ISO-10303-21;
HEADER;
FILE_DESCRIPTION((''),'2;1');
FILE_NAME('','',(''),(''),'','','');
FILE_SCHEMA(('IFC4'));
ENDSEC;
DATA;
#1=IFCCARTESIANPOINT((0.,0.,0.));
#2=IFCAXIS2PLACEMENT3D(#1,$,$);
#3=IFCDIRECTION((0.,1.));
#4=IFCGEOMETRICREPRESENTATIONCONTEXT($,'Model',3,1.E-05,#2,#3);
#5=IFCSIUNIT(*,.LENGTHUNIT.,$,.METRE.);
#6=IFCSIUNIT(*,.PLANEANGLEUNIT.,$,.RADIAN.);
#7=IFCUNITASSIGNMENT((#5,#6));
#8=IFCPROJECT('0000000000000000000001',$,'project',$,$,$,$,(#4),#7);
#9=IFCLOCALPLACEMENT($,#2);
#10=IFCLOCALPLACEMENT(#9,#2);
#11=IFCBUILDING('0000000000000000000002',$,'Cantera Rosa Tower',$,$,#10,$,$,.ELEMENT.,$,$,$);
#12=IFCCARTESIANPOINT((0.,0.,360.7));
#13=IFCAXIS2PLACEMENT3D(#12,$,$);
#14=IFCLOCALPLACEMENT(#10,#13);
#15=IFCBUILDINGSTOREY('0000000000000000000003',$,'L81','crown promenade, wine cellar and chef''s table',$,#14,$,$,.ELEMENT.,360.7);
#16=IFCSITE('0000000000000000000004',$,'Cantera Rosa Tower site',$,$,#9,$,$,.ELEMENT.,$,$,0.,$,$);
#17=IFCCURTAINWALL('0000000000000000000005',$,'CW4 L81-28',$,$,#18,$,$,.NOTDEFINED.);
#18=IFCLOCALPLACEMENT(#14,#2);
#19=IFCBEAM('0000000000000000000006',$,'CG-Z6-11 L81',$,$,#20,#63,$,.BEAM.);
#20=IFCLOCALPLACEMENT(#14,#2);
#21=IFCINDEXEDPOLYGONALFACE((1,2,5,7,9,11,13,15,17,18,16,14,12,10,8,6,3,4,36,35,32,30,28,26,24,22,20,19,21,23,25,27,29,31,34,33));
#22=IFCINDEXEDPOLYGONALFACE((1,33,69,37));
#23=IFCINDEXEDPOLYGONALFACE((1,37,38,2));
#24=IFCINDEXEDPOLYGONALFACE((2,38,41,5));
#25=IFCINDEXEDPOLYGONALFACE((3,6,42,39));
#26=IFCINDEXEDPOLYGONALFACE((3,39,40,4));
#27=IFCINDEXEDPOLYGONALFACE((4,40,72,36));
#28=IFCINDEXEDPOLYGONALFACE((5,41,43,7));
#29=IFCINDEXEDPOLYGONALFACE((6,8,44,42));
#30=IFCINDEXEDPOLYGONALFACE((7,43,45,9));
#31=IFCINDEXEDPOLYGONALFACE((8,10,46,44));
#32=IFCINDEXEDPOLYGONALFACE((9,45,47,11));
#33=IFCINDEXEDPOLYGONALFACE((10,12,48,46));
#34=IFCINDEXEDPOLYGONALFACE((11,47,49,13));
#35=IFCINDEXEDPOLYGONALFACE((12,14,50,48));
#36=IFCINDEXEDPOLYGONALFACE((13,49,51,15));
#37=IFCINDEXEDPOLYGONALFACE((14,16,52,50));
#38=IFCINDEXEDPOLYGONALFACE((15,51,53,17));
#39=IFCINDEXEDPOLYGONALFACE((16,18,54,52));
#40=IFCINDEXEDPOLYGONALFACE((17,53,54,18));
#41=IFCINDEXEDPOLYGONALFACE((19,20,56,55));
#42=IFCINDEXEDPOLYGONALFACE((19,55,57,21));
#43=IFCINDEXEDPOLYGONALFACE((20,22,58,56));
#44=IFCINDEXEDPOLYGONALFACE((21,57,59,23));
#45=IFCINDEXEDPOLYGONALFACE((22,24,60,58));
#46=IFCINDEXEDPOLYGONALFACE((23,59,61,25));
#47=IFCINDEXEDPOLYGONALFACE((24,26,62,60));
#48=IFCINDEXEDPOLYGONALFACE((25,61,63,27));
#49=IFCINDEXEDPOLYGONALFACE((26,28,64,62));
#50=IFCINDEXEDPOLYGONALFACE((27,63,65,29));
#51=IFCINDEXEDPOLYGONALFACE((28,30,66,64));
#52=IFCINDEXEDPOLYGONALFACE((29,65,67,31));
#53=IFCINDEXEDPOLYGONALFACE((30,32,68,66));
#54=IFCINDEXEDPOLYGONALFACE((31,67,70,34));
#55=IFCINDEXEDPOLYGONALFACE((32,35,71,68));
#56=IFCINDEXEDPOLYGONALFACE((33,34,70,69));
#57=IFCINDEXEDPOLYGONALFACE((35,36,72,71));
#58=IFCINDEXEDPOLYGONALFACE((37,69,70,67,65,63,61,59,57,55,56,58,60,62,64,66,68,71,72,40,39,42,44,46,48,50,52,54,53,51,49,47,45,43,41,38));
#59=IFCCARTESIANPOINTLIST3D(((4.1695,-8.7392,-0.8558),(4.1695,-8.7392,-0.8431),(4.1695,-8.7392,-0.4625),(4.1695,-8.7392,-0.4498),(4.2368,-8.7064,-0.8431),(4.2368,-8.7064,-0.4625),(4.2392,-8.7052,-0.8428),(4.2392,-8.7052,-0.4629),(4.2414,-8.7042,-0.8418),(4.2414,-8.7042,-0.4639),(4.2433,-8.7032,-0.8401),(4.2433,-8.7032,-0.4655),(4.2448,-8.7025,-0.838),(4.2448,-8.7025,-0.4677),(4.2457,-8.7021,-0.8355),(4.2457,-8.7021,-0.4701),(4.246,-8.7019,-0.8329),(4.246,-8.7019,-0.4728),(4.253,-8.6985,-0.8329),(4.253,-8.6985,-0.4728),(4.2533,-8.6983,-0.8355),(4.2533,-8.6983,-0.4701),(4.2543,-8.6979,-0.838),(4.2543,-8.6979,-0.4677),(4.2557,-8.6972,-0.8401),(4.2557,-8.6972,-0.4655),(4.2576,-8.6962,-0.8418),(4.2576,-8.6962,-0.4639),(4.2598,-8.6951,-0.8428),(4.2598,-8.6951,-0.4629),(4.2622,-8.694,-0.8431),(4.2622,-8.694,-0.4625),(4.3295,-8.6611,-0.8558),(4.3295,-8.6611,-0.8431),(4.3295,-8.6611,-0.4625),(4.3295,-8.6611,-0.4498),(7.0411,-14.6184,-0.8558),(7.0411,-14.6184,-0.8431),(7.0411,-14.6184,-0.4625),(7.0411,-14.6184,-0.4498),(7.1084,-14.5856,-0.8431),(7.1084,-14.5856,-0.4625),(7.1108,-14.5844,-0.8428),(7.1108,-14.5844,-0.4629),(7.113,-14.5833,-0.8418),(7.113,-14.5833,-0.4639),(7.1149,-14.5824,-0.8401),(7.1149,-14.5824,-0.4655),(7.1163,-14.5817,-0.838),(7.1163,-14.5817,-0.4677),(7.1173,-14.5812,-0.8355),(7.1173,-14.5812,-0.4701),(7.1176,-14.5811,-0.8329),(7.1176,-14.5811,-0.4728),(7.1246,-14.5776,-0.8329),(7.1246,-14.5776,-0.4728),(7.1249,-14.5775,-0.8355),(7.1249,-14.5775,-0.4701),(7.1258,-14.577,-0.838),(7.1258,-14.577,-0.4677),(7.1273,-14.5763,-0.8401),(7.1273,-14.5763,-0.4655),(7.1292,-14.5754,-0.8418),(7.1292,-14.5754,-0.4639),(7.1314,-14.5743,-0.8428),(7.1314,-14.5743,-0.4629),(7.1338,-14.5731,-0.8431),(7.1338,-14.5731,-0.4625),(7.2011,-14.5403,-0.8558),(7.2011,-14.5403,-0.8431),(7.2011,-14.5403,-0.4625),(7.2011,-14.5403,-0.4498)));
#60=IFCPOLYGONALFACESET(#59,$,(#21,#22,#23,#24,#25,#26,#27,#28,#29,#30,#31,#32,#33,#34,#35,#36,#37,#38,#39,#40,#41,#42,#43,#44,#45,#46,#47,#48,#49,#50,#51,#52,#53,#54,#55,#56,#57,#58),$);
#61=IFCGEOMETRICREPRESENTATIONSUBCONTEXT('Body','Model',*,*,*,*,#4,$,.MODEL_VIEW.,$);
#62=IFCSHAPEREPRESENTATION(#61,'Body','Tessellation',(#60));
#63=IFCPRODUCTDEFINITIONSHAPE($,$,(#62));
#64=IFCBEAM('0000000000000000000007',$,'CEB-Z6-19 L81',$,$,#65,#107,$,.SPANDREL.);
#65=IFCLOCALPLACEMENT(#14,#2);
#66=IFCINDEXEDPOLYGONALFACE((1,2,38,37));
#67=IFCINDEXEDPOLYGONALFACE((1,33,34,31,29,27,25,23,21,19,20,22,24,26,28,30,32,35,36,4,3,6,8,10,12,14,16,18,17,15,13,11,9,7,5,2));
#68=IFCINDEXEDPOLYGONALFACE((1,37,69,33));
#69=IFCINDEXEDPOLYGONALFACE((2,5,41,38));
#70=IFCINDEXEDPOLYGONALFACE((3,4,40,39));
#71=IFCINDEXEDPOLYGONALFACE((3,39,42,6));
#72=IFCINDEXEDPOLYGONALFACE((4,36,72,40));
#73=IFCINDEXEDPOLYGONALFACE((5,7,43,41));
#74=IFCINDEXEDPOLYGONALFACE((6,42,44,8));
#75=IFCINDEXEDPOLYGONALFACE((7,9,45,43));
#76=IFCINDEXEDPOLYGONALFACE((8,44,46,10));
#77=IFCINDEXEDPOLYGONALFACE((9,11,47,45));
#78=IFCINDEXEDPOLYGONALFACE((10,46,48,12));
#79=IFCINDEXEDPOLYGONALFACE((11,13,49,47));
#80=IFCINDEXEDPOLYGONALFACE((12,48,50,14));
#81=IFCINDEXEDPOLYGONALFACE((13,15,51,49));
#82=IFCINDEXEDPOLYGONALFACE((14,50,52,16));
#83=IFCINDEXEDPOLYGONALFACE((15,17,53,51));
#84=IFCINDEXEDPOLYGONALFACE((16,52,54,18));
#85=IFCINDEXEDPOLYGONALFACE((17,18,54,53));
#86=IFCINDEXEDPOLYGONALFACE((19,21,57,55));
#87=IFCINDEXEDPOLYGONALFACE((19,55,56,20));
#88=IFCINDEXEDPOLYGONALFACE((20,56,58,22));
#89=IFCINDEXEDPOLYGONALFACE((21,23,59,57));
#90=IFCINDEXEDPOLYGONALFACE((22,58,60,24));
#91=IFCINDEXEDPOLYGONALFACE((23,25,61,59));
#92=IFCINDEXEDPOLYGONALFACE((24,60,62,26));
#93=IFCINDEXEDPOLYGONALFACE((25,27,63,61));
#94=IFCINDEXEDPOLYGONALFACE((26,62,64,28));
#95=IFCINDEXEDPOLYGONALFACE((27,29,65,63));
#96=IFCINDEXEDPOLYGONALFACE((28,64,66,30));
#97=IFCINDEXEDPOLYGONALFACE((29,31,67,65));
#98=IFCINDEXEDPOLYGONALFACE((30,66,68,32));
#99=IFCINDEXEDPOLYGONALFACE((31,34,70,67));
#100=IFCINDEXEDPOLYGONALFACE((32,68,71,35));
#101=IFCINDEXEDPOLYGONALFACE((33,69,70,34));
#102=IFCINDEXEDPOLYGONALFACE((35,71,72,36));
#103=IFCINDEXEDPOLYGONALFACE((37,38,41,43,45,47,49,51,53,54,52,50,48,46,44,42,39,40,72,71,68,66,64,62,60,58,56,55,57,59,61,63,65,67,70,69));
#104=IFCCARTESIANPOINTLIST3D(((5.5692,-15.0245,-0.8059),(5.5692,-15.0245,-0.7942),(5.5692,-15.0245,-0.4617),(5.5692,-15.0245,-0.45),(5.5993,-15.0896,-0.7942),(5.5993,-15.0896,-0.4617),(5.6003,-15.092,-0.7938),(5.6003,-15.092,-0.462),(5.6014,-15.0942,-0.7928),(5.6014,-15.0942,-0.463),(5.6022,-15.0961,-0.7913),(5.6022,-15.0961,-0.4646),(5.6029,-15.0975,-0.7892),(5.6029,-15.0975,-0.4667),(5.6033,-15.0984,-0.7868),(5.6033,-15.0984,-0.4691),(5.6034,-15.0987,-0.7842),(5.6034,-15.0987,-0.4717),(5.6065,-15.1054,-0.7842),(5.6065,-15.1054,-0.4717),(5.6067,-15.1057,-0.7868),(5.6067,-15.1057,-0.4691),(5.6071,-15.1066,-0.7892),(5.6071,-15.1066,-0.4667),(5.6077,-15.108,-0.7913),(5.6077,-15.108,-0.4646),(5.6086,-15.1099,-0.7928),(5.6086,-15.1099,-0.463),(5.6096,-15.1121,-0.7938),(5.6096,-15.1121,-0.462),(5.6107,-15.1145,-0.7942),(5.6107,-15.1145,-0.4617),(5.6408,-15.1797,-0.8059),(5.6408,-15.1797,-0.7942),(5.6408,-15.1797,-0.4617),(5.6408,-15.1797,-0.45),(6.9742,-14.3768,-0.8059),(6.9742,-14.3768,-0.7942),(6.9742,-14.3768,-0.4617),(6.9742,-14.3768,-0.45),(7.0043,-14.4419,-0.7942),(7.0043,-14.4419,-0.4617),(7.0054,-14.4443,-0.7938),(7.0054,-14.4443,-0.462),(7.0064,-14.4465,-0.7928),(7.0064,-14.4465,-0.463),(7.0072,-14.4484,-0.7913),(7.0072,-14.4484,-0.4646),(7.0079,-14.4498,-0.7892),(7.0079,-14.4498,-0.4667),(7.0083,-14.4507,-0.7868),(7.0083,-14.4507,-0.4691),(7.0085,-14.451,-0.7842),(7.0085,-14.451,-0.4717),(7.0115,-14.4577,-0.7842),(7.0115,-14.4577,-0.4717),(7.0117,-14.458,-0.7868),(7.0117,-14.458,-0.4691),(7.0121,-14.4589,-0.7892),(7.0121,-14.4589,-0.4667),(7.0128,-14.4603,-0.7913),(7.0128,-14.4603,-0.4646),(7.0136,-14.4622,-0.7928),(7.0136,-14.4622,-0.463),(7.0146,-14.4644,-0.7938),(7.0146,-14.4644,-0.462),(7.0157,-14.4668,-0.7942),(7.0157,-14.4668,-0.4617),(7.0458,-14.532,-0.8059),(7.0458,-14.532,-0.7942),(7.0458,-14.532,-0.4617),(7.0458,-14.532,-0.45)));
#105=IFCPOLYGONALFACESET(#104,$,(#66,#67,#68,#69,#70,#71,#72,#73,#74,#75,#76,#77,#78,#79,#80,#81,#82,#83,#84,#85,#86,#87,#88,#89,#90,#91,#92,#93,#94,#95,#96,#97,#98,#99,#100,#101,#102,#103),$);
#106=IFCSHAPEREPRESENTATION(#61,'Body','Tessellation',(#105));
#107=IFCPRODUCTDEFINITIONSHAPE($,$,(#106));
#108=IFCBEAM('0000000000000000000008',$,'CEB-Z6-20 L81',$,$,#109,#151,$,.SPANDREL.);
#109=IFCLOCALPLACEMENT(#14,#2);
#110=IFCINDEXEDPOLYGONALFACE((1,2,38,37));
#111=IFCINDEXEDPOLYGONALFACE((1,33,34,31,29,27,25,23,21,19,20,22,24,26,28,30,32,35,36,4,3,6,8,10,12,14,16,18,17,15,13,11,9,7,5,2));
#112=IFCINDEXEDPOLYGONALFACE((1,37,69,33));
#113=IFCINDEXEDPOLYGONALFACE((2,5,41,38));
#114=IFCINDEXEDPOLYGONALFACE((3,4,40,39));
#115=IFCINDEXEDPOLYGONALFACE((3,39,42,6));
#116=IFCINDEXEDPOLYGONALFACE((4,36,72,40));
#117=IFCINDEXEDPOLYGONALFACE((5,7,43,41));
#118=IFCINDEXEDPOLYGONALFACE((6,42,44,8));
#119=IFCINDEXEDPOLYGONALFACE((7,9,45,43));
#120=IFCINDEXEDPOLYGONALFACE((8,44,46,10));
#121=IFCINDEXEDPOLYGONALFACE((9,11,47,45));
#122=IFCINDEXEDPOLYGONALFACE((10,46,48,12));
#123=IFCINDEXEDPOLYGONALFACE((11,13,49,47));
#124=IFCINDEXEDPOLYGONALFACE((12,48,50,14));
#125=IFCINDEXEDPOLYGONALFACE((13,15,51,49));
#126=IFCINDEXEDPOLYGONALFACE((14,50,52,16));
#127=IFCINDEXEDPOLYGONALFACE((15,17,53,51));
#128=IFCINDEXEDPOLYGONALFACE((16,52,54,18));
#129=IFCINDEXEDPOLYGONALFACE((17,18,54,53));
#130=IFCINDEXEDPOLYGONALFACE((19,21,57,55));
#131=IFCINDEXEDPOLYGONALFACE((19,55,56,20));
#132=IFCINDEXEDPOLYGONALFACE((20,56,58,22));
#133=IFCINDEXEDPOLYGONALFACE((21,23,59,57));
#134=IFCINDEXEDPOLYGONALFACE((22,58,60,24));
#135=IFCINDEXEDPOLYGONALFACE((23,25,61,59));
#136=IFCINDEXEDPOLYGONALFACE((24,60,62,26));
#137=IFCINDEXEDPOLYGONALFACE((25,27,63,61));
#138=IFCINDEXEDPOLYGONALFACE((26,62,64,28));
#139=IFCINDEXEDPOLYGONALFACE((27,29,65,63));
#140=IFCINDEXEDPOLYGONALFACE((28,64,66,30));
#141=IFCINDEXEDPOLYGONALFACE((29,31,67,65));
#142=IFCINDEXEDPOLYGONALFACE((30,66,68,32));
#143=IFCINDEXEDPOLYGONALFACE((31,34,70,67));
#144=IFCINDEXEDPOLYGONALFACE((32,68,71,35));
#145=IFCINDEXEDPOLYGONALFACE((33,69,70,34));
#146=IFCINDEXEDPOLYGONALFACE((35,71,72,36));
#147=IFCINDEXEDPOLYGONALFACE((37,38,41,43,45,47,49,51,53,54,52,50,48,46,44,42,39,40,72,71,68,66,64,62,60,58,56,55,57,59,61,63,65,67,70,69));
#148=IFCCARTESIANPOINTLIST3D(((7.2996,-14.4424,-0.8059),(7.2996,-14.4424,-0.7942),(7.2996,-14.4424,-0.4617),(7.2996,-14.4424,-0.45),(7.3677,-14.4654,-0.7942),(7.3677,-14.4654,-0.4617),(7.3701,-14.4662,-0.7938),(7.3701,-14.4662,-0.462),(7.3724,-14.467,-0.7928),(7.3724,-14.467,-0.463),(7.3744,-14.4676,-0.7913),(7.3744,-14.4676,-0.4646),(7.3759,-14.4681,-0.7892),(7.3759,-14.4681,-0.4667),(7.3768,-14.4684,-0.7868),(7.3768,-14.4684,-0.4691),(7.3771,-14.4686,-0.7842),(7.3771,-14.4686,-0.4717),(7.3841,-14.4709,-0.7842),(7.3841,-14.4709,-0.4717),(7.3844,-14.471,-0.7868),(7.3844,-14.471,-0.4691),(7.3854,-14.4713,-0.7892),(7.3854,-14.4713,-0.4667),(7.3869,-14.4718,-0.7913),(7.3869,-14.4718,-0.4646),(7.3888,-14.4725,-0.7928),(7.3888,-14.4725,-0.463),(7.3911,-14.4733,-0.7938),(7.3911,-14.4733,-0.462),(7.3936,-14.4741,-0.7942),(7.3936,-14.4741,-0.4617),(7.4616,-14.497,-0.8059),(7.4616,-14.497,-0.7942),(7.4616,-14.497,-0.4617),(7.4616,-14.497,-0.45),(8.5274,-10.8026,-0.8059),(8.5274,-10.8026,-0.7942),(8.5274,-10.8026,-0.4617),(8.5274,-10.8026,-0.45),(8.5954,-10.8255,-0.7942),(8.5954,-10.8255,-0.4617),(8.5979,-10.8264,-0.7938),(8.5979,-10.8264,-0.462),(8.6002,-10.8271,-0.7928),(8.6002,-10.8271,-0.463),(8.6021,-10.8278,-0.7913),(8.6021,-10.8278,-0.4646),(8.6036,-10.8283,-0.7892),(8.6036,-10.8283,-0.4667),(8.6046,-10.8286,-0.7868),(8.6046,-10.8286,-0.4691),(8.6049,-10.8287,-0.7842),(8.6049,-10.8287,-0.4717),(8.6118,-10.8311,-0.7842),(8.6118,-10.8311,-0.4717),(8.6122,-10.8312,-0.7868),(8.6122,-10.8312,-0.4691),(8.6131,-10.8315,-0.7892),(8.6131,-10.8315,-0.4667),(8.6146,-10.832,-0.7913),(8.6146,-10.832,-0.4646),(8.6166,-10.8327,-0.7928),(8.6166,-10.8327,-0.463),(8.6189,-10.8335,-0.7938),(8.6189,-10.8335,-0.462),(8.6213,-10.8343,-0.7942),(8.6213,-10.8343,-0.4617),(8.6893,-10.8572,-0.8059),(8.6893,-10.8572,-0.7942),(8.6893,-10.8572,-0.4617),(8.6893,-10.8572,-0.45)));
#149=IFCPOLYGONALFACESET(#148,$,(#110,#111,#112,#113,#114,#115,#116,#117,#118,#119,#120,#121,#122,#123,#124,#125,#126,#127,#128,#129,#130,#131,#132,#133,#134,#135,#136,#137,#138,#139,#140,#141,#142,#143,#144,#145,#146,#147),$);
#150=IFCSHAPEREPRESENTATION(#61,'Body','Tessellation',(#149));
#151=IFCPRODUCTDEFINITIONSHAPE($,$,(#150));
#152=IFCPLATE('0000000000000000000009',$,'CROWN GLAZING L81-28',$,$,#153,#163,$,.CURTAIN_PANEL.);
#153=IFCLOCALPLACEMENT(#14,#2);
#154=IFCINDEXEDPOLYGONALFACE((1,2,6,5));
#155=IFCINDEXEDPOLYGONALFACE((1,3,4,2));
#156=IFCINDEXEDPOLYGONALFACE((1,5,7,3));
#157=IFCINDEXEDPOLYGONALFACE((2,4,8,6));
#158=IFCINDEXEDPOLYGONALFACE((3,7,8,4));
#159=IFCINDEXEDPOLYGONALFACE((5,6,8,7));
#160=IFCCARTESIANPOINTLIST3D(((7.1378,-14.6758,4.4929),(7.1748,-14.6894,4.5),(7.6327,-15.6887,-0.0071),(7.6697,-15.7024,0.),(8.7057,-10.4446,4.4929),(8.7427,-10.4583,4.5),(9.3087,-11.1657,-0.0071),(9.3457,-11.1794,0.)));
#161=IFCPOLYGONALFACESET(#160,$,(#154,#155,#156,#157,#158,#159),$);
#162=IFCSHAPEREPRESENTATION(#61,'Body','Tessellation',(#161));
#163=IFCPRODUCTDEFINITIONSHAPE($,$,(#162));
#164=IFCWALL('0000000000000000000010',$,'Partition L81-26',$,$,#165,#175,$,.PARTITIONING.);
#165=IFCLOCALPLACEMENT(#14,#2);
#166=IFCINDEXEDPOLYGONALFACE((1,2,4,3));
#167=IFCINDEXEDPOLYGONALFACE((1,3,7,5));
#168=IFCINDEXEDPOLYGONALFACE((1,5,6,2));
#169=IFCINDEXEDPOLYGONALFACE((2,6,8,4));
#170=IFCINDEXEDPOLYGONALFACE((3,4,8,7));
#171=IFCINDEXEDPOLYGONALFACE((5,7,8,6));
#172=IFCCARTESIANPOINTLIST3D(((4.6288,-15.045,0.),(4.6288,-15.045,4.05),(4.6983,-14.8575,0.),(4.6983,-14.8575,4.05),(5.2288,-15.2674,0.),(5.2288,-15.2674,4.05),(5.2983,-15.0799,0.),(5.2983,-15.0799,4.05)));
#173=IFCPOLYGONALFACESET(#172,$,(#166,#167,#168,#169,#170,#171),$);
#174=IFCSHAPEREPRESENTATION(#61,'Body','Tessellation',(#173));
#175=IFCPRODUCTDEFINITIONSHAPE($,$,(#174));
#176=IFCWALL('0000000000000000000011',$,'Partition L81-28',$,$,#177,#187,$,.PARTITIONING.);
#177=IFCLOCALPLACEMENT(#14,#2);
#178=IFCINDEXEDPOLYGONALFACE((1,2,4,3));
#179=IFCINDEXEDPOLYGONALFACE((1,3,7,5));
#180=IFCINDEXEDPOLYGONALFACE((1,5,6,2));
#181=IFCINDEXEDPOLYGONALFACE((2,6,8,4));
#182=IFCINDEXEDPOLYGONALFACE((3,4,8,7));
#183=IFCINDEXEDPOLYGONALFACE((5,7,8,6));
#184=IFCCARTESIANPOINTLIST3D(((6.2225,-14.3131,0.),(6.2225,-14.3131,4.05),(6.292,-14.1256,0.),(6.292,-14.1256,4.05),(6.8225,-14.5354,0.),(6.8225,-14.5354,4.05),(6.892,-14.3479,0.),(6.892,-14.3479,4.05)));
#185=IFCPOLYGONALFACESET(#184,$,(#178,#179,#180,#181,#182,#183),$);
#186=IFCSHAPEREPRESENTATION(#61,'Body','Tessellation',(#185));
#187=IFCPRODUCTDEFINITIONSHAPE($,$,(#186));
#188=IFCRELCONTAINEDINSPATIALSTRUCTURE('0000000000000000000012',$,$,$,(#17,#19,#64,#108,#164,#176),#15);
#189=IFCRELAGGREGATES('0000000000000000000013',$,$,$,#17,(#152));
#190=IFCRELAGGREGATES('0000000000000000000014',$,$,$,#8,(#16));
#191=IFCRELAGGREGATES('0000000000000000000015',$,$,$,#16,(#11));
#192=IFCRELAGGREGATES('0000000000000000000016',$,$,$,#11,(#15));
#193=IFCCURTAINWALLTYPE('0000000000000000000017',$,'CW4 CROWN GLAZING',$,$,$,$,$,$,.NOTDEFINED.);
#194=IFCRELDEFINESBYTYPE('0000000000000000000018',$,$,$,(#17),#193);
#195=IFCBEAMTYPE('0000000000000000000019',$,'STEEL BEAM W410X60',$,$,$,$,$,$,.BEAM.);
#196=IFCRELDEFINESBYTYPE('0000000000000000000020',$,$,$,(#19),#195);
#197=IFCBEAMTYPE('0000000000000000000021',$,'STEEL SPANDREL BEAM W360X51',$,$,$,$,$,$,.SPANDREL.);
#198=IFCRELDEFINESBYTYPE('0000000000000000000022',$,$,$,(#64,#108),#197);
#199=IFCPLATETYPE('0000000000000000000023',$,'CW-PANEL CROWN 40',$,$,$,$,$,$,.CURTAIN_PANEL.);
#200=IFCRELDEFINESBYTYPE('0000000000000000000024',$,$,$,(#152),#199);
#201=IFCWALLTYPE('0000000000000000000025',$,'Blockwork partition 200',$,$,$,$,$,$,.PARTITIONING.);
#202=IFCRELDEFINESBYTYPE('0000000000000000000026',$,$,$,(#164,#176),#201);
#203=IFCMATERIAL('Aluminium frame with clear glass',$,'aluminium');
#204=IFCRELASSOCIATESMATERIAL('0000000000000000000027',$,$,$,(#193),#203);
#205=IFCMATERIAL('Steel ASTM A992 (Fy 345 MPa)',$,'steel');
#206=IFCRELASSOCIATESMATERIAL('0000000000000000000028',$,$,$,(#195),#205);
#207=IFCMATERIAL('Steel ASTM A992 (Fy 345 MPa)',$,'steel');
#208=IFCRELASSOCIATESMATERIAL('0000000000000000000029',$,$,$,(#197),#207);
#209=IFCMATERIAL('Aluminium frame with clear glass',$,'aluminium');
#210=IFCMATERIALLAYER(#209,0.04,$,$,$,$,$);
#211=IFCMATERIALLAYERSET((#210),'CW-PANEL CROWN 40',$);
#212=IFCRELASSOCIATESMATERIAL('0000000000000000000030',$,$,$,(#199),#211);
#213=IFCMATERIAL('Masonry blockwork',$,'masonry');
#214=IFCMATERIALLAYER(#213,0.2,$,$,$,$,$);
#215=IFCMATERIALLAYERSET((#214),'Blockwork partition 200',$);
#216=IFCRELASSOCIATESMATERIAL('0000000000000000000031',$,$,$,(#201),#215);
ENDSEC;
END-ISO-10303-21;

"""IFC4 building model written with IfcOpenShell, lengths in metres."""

from ifc_helpers import new_model, si_unit, direction, frame, frame_2d, origin, origin_2d, place, context, subcontext, project, spatial, polyline, rectangle, i_section, outline, extrude, material, layer, layer_set, material_profile, profile_set, type_object, element, aggregate, save


model = new_model("IFC4")

# Units and contexts
model_context = context("Model", 3, precision=1e-05, world=origin(), true_north=direction((0.0, 1.0)))
body_context = subcontext(model_context, "Body", "Model", "MODEL_VIEW")
ifc_project = project(units=[si_unit("LENGTHUNIT", "METRE"), si_unit("PLANEANGLEUNIT", "RADIAN")], contexts=[model_context])

# Site, building, storey
site_placement = place(None, origin())
site = spatial("IfcSite", under=ifc_project, at=site_placement, Name="Cantera Rosa Tower site", CompositionType="ELEMENT", RefElevation=0.0)
building_placement = place(site_placement, origin())
building = spatial("IfcBuilding", under=site, at=building_placement, Name="Cantera Rosa Tower", CompositionType="ELEMENT")
storey_placement = place(building_placement, frame((0.0, 0.0, 360.7)))
storey = spatial("IfcBuildingStorey", under=building, at=storey_placement, Name="L81", Description="crown promenade, wine cellar and chef's table", CompositionType="ELEMENT", Elevation=360.7)

# Curtain wall
ifc_material_1 = material(Name="Aluminium frame with clear glass", Category="aluminium")
curtain_wall_type = type_object("IfcCurtainWallType", Name="CW4 CROWN GLAZING", PredefinedType="NOTDEFINED", material=ifc_material_1)
curtain_wall_1_placement = place(storey_placement, origin())
curtain_wall_1 = element("IfcCurtainWall", 1, at=curtain_wall_1_placement, inside=storey, type_object=curtain_wall_type, Name="CW4 L81-28", PredefinedType="NOTDEFINED")

# Beams
ifc_material_2 = material(Name="Steel ASTM A992 (Fy 345 MPa)", Category="steel")
ifc_material_profile_1 = material_profile(ifc_material_2, i_section(OverallWidth=0.178, OverallDepth=0.406, WebThickness=0.0078, FlangeThickness=0.0127, FilletRadius=0.0103, at=origin_2d()), Name="W410X60")
ifc_profile_set_1 = profile_set([ifc_material_profile_1], Name="Steel ASTM A992 (Fy 345 MPa)")
beam_type_1 = type_object("IfcBeamType", Name="STEEL BEAM W410X60", PredefinedType="BEAM", material=ifc_profile_set_1)
beam_1_placement = place(storey_placement, frame((7.1211, -14.5793, -0.6528), z_axis=(-0.438881, 0.898545, 0.0), x_axis=(-0.898545, -0.438881, 0.0)))
element("IfcBeam", 2, at=beam_1_placement, inside=storey, type_object=beam_type_1, Name="CG-Z6-11 L81", PredefinedType="BEAM", context=body_context, shape_type="SweptSolid", body=[
    extrude(i_section(OverallWidth=0.178, OverallDepth=0.406, WebThickness=0.0078, FlangeThickness=0.0127, FilletRadius=0.0103, at=origin_2d()), origin(), (0.0, 0.0, 1.0), 6.543),
])
ifc_material_3 = material(Name="Steel ASTM A992 (Fy 345 MPa)", Category="steel")
ifc_material_profile_2 = material_profile(ifc_material_3, i_section(OverallWidth=0.1709, OverallDepth=0.356, WebThickness=0.0073, FlangeThickness=0.0117, FilletRadius=0.01, at=origin_2d()), Name="W360X51")
ifc_profile_set_2 = profile_set([ifc_material_profile_2], Name="Steel ASTM A992 (Fy 345 MPa)")
beam_type_2 = type_object("IfcBeamType", Name="STEEL SPANDREL BEAM W360X51", PredefinedType="SPANDREL", material=ifc_profile_set_2)
beam_2_placement = place(storey_placement, frame((5.605, -15.1021, -0.6279), z_axis=(0.908149, 0.418648, 0.0), x_axis=(-0.418648, 0.908149, 0.0)))
element("IfcBeam", 3, at=beam_2_placement, inside=storey, type_object=beam_type_2, Name="CEB-Z6-19 L81", PredefinedType="SPANDREL", context=body_context, shape_type="SweptSolid", body=[
    extrude(i_section(OverallWidth=0.1709, OverallDepth=0.356, WebThickness=0.0073, FlangeThickness=0.0117, FilletRadius=0.01, at=origin_2d()), origin(), (0.0, 0.0, 1.0), 1.5471),
])
beam_3_placement = place(storey_placement, frame((7.3806, -14.4697, -0.6279), z_axis=(0.31962, 0.947546, 0.0), x_axis=(-0.947546, 0.31962, 0.0)))
element("IfcBeam", 4, at=beam_3_placement, inside=storey, type_object=beam_type_2, Name="CEB-Z6-20 L81", PredefinedType="SPANDREL", context=body_context, shape_type="SweptSolid", body=[
    extrude(i_section(OverallWidth=0.1709, OverallDepth=0.356, WebThickness=0.0073, FlangeThickness=0.0117, FilletRadius=0.01, at=origin_2d()), origin(), (0.0, 0.0, 1.0), 3.8413),
])

# Plate
ifc_material_4 = material(Name="Aluminium frame with clear glass", Category="aluminium")
ifc_layer_1 = layer(ifc_material_4, 0.04)
ifc_layer_set_1 = layer_set([ifc_layer_1], Name="CW-PANEL CROWN 40")
plate_type = type_object("IfcPlateType", Name="CW-PANEL CROWN 40", PredefinedType="CURTAIN_PANEL", material=ifc_layer_set_1)
plate_1_placement = place(storey_placement, frame((7.6697, -15.7024, 0.0), z_axis=(0.922645, -0.341891, 0.178428), x_axis=(0.347467, 0.937692, -0.000001)))
plate_1 = element("IfcPlate", 5, at=plate_1_placement, type_object=plate_type, Name="CROWN GLAZING L81-28", PredefinedType="CURTAIN_PANEL", context=body_context, shape_type="SweptSolid", body=[
    extrude(outline(polyline([(0.0, 0.0), (4.8235, 0.0), (5.2902, 4.5734), (0.7779, 4.5734), (0.0, 0.0)])), origin(), (0.0, 0.0, -1.0), 0.04),
])

# Walls
ifc_material_5 = material(Name="Masonry blockwork", Category="masonry")
ifc_layer_2 = layer(ifc_material_5, 0.2)
ifc_layer_set_2 = layer_set([ifc_layer_2], Name="Blockwork partition 200")
wall_type = type_object("IfcWallType", Name="Blockwork partition 200", PredefinedType="PARTITIONING", material=ifc_layer_set_2)
for number, where, z_axis, x_axis, name in (
    (6, (5.2634, -15.1736, 0.0), (0.0, 0.0, 1.0), (-0.937671, 0.347526, 0.0), "Partition L81-26"),
    (7, (6.8572, -14.4417, 0.0), (0.0, 0.0, 1.0), (-0.937671, 0.347526, 0.0), "Partition L81-28"),
):
    element("IfcWall", number, at=place(storey_placement, frame(where, z_axis=z_axis, x_axis=x_axis)), inside=storey, type_object=wall_type, Name=name, PredefinedType="PARTITIONING", context=body_context, shape_type="SweptSolid", body=[
        extrude(rectangle(XDim=0.6399, YDim=0.2, at=frame_2d((0.3198, 0.0))), origin(), (0.0, 0.0, 1.0), 4.05),
    ])

aggregate(curtain_wall_1, [plate_1])

save(model, "model.ifc")
